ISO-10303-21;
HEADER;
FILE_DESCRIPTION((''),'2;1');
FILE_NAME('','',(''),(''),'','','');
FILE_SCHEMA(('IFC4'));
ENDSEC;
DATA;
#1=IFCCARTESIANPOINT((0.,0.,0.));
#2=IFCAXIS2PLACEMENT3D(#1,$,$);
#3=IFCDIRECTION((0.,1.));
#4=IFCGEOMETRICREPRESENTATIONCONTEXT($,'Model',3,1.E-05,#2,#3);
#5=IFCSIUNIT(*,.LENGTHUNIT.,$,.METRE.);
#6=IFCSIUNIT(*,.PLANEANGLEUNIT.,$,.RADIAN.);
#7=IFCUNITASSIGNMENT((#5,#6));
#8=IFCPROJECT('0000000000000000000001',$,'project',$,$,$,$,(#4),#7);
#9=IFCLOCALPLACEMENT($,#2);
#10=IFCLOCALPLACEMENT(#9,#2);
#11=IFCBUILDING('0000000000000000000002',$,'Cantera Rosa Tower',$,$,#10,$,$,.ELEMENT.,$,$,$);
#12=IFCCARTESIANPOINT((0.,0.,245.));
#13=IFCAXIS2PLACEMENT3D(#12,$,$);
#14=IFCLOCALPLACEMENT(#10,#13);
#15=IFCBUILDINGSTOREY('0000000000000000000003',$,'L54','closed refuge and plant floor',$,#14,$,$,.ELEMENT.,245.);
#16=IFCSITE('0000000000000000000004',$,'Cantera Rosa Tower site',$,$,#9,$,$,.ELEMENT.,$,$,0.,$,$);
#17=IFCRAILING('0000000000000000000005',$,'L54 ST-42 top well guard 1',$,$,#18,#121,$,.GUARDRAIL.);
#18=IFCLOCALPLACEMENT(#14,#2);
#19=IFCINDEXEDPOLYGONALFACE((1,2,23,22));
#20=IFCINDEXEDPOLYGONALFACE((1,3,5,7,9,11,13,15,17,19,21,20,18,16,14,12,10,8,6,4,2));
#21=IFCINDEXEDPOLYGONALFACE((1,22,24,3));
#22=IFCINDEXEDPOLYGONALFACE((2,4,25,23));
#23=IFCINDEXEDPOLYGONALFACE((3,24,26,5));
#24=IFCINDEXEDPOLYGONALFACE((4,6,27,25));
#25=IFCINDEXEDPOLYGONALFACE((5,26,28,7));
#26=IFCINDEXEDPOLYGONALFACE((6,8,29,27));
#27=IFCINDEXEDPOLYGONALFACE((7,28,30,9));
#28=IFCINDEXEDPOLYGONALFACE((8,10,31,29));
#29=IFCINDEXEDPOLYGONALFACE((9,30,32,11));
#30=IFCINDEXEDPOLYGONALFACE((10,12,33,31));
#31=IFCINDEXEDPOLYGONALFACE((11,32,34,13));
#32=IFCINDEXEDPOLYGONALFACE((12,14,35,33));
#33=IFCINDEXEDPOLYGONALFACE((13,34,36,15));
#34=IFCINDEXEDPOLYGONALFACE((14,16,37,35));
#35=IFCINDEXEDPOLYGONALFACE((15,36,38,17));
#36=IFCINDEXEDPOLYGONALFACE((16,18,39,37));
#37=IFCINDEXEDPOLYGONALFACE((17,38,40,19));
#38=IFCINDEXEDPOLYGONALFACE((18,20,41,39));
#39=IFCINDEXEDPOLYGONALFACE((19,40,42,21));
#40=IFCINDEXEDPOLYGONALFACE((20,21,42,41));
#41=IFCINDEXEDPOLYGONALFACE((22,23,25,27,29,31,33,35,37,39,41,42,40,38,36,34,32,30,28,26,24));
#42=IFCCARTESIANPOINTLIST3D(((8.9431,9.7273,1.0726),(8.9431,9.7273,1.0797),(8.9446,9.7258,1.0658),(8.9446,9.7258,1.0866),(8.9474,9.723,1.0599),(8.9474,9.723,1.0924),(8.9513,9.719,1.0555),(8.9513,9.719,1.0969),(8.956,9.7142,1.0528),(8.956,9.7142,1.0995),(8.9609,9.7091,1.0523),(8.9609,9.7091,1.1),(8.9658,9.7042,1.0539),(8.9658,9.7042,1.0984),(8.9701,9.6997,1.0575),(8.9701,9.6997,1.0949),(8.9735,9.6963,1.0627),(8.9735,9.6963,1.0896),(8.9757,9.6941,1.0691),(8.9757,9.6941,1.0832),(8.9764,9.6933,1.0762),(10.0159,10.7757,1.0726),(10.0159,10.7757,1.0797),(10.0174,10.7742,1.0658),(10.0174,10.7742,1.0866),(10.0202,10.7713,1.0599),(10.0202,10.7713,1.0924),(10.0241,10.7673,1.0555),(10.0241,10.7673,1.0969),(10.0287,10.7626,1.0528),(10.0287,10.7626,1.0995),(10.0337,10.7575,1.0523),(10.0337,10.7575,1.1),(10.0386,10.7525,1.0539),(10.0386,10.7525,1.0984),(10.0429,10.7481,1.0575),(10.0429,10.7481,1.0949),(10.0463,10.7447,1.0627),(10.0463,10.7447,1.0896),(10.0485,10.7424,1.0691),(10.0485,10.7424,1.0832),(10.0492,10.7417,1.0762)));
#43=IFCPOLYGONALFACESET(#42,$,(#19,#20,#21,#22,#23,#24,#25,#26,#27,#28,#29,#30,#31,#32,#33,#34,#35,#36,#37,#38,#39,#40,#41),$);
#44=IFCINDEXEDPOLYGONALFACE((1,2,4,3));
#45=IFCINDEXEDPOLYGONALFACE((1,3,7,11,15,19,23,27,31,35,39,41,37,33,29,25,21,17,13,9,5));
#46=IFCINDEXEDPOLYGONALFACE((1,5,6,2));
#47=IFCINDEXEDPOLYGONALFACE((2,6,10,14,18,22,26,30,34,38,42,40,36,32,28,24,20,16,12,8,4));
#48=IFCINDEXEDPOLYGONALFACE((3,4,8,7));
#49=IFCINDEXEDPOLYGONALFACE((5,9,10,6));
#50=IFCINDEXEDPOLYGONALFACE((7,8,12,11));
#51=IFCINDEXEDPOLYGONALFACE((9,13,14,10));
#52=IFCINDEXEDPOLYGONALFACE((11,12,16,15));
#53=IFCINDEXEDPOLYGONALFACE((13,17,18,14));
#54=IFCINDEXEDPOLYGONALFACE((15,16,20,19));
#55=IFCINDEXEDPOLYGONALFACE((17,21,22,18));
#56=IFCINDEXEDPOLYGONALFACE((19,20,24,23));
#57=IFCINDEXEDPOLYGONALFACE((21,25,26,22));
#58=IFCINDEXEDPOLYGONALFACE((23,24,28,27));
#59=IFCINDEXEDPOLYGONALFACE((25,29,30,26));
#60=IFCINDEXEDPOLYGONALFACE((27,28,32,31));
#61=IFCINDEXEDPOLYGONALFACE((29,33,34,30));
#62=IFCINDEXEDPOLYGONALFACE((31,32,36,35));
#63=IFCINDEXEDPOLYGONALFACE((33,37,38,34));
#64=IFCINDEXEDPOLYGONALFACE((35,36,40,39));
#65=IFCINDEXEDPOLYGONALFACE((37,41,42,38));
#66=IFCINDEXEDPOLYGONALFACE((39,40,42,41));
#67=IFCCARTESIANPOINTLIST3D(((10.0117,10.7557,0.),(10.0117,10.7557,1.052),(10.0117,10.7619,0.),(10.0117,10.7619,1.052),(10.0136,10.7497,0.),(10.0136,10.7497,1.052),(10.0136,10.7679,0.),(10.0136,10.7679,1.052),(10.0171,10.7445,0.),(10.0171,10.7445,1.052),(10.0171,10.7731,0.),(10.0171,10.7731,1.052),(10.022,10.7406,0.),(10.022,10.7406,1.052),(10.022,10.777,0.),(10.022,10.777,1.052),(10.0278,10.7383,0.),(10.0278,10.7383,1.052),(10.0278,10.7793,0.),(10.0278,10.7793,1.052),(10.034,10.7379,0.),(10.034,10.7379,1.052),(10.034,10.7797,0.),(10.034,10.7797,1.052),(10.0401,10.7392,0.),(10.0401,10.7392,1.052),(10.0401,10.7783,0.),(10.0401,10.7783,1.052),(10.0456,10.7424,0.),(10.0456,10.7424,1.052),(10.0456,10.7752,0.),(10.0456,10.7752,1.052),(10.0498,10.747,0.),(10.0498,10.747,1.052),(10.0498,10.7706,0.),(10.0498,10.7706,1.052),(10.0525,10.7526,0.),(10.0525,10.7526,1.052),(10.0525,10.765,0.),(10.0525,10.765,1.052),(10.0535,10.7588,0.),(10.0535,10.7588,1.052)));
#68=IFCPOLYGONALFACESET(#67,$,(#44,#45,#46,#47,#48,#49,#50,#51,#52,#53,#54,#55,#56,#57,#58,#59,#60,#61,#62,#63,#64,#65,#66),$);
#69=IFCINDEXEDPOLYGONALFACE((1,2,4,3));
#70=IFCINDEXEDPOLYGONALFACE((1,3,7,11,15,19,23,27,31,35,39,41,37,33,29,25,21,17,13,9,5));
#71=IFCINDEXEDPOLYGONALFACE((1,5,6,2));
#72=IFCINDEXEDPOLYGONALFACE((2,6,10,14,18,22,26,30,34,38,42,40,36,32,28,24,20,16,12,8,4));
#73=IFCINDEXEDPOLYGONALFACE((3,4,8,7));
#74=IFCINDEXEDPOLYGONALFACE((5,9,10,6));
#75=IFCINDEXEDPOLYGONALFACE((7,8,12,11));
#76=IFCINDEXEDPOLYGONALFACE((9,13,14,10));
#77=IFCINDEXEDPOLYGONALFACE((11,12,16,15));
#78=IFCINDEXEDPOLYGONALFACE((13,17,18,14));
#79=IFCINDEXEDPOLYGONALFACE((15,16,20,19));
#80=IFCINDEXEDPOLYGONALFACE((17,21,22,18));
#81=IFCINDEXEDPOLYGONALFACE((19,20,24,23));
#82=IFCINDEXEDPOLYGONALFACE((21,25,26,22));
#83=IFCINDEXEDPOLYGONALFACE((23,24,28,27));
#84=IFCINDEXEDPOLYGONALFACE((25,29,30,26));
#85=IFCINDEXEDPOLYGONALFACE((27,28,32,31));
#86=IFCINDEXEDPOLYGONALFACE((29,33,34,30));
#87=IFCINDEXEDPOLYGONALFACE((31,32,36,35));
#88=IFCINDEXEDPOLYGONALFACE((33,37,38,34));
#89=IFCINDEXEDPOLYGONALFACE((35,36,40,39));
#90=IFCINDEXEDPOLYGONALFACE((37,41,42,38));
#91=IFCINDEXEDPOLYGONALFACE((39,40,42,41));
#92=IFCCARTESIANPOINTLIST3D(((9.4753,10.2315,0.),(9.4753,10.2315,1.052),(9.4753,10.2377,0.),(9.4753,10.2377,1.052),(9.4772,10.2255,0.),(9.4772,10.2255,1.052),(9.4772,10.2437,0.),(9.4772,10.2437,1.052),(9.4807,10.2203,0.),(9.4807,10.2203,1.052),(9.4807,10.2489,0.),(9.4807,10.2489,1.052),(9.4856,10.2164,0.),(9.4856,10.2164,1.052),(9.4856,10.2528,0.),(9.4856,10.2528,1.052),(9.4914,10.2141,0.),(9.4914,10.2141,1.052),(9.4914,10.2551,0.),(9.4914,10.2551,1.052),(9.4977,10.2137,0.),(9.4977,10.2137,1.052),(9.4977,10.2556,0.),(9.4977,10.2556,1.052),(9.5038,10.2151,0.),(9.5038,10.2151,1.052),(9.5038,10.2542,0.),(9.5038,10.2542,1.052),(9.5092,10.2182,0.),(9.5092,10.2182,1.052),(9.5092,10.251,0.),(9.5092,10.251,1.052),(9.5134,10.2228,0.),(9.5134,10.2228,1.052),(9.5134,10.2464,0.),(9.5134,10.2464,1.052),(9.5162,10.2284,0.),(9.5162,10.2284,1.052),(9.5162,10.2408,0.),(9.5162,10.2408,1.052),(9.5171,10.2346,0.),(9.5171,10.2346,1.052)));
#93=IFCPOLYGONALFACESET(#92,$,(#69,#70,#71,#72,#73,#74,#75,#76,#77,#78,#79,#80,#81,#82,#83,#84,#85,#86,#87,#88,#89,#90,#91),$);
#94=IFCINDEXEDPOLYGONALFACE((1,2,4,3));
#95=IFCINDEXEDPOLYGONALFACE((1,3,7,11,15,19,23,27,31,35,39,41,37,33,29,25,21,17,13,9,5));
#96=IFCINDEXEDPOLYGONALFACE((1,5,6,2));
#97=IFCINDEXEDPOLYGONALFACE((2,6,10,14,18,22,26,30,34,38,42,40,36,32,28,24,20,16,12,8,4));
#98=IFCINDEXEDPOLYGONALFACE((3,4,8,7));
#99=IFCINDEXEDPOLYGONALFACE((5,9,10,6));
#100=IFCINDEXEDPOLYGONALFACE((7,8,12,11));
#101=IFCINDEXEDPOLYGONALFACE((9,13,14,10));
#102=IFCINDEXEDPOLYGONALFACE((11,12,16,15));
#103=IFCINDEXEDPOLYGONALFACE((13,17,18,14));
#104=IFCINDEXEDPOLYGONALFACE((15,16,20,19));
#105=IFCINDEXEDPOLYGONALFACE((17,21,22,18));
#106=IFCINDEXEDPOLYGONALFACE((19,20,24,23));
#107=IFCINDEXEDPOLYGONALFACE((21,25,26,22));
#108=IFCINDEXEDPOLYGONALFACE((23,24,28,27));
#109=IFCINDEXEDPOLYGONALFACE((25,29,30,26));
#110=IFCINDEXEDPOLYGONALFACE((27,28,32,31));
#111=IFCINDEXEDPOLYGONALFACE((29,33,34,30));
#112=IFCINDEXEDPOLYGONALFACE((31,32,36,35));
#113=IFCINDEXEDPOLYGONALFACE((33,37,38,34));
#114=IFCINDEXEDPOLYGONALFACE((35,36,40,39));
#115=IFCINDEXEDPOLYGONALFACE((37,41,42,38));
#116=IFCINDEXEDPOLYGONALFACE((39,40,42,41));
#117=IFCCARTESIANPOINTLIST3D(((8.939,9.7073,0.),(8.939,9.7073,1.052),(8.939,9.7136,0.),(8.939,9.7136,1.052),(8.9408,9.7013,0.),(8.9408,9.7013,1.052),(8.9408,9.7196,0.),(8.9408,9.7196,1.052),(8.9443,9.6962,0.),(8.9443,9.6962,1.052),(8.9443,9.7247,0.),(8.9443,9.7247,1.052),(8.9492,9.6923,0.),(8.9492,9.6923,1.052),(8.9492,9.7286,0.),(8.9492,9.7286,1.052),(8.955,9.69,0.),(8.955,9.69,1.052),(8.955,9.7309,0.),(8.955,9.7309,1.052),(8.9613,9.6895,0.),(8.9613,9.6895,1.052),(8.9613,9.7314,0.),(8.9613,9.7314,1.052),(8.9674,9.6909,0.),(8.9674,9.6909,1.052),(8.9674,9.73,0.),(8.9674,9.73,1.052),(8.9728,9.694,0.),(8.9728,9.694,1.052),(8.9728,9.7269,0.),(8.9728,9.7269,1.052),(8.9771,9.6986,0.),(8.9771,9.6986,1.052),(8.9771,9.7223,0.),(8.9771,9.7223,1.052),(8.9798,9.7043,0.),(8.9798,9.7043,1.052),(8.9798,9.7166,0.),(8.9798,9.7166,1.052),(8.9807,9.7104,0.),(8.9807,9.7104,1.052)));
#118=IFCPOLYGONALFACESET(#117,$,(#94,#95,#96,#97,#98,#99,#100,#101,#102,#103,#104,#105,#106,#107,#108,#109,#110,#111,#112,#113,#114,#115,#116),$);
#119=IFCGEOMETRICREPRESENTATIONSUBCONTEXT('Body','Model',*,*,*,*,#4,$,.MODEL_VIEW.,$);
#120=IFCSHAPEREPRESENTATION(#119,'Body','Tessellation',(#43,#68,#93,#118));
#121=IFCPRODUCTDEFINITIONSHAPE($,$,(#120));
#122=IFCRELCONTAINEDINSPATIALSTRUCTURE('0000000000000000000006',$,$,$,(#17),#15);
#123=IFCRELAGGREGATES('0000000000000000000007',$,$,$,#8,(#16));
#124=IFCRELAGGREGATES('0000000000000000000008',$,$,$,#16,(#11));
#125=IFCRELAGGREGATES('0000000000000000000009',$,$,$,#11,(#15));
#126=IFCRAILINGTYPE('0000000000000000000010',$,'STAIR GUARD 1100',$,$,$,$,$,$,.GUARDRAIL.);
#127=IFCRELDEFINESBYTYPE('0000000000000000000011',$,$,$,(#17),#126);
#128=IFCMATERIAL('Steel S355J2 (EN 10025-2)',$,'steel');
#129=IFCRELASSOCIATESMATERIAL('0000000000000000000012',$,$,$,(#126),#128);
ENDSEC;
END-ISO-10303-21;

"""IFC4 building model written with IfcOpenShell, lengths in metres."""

from ifc_helpers import new_model, si_unit, direction, frame, origin, origin_2d, place, context, subcontext, project, spatial, circle, extrude, material, type_object, element, save


model = new_model("IFC4")

# Units and contexts
model_context = context("Model", 3, precision=1e-05, world=origin(), true_north=direction((0.0, 1.0)))
body_context = subcontext(model_context, "Body", "Model", "MODEL_VIEW")
ifc_project = project(units=[si_unit("LENGTHUNIT", "METRE"), si_unit("PLANEANGLEUNIT", "RADIAN")], contexts=[model_context])

# Site, building, storey
site_placement = place(None, origin())
site = spatial("IfcSite", under=ifc_project, at=site_placement, Name="Cantera Rosa Tower site", CompositionType="ELEMENT", RefElevation=0.0)
building_placement = place(site_placement, origin())
building = spatial("IfcBuilding", under=site, at=building_placement, Name="Cantera Rosa Tower", CompositionType="ELEMENT")
storey_placement = place(building_placement, frame((0.0, 0.0, 245.0)))
storey = spatial("IfcBuildingStorey", under=building, at=storey_placement, Name="L54", Description="closed refuge and plant floor", CompositionType="ELEMENT", Elevation=245.0)

# Railing
ifc_material_1 = material(Name="Steel S355J2 (EN 10025-2)", Category="steel")
railing_type = type_object("IfcRailingType", Name="STAIR GUARD 1100", PredefinedType="GUARDRAIL", material=ifc_material_1)
railing_1_placement = place(storey_placement, frame((10.0325, 10.7588, 0.0)))
element("IfcRailing", 1, at=railing_1_placement, inside=storey, type_object=railing_type, Name="L54 ST-42 top well guard 1", PredefinedType="GUARDRAIL", context=body_context, shape_type="SweptSolid", body=[
    extrude(circle(Radius=0.0239, at=origin_2d()), frame((0.0, 0.0, 1.0762), z_axis=(-0.715198, -0.698922, 0.0), x_axis=(0.698922, -0.715198, 0.0)), (0.0, 0.0, 1.0), 1.5),
    extrude(circle(Radius=0.021, at=origin_2d()), origin(), (0.0, 0.0, 1.0), 1.052),
    extrude(circle(Radius=0.021, at=origin_2d()), frame((-0.5364, -0.5242, 0.0)), (0.0, 0.0, 1.0), 1.052),
    extrude(circle(Radius=0.021, at=origin_2d()), frame((-1.0728, -1.0483, 0.0)), (0.0, 0.0, 1.0), 1.052),
])

save(model, "model.ifc")
